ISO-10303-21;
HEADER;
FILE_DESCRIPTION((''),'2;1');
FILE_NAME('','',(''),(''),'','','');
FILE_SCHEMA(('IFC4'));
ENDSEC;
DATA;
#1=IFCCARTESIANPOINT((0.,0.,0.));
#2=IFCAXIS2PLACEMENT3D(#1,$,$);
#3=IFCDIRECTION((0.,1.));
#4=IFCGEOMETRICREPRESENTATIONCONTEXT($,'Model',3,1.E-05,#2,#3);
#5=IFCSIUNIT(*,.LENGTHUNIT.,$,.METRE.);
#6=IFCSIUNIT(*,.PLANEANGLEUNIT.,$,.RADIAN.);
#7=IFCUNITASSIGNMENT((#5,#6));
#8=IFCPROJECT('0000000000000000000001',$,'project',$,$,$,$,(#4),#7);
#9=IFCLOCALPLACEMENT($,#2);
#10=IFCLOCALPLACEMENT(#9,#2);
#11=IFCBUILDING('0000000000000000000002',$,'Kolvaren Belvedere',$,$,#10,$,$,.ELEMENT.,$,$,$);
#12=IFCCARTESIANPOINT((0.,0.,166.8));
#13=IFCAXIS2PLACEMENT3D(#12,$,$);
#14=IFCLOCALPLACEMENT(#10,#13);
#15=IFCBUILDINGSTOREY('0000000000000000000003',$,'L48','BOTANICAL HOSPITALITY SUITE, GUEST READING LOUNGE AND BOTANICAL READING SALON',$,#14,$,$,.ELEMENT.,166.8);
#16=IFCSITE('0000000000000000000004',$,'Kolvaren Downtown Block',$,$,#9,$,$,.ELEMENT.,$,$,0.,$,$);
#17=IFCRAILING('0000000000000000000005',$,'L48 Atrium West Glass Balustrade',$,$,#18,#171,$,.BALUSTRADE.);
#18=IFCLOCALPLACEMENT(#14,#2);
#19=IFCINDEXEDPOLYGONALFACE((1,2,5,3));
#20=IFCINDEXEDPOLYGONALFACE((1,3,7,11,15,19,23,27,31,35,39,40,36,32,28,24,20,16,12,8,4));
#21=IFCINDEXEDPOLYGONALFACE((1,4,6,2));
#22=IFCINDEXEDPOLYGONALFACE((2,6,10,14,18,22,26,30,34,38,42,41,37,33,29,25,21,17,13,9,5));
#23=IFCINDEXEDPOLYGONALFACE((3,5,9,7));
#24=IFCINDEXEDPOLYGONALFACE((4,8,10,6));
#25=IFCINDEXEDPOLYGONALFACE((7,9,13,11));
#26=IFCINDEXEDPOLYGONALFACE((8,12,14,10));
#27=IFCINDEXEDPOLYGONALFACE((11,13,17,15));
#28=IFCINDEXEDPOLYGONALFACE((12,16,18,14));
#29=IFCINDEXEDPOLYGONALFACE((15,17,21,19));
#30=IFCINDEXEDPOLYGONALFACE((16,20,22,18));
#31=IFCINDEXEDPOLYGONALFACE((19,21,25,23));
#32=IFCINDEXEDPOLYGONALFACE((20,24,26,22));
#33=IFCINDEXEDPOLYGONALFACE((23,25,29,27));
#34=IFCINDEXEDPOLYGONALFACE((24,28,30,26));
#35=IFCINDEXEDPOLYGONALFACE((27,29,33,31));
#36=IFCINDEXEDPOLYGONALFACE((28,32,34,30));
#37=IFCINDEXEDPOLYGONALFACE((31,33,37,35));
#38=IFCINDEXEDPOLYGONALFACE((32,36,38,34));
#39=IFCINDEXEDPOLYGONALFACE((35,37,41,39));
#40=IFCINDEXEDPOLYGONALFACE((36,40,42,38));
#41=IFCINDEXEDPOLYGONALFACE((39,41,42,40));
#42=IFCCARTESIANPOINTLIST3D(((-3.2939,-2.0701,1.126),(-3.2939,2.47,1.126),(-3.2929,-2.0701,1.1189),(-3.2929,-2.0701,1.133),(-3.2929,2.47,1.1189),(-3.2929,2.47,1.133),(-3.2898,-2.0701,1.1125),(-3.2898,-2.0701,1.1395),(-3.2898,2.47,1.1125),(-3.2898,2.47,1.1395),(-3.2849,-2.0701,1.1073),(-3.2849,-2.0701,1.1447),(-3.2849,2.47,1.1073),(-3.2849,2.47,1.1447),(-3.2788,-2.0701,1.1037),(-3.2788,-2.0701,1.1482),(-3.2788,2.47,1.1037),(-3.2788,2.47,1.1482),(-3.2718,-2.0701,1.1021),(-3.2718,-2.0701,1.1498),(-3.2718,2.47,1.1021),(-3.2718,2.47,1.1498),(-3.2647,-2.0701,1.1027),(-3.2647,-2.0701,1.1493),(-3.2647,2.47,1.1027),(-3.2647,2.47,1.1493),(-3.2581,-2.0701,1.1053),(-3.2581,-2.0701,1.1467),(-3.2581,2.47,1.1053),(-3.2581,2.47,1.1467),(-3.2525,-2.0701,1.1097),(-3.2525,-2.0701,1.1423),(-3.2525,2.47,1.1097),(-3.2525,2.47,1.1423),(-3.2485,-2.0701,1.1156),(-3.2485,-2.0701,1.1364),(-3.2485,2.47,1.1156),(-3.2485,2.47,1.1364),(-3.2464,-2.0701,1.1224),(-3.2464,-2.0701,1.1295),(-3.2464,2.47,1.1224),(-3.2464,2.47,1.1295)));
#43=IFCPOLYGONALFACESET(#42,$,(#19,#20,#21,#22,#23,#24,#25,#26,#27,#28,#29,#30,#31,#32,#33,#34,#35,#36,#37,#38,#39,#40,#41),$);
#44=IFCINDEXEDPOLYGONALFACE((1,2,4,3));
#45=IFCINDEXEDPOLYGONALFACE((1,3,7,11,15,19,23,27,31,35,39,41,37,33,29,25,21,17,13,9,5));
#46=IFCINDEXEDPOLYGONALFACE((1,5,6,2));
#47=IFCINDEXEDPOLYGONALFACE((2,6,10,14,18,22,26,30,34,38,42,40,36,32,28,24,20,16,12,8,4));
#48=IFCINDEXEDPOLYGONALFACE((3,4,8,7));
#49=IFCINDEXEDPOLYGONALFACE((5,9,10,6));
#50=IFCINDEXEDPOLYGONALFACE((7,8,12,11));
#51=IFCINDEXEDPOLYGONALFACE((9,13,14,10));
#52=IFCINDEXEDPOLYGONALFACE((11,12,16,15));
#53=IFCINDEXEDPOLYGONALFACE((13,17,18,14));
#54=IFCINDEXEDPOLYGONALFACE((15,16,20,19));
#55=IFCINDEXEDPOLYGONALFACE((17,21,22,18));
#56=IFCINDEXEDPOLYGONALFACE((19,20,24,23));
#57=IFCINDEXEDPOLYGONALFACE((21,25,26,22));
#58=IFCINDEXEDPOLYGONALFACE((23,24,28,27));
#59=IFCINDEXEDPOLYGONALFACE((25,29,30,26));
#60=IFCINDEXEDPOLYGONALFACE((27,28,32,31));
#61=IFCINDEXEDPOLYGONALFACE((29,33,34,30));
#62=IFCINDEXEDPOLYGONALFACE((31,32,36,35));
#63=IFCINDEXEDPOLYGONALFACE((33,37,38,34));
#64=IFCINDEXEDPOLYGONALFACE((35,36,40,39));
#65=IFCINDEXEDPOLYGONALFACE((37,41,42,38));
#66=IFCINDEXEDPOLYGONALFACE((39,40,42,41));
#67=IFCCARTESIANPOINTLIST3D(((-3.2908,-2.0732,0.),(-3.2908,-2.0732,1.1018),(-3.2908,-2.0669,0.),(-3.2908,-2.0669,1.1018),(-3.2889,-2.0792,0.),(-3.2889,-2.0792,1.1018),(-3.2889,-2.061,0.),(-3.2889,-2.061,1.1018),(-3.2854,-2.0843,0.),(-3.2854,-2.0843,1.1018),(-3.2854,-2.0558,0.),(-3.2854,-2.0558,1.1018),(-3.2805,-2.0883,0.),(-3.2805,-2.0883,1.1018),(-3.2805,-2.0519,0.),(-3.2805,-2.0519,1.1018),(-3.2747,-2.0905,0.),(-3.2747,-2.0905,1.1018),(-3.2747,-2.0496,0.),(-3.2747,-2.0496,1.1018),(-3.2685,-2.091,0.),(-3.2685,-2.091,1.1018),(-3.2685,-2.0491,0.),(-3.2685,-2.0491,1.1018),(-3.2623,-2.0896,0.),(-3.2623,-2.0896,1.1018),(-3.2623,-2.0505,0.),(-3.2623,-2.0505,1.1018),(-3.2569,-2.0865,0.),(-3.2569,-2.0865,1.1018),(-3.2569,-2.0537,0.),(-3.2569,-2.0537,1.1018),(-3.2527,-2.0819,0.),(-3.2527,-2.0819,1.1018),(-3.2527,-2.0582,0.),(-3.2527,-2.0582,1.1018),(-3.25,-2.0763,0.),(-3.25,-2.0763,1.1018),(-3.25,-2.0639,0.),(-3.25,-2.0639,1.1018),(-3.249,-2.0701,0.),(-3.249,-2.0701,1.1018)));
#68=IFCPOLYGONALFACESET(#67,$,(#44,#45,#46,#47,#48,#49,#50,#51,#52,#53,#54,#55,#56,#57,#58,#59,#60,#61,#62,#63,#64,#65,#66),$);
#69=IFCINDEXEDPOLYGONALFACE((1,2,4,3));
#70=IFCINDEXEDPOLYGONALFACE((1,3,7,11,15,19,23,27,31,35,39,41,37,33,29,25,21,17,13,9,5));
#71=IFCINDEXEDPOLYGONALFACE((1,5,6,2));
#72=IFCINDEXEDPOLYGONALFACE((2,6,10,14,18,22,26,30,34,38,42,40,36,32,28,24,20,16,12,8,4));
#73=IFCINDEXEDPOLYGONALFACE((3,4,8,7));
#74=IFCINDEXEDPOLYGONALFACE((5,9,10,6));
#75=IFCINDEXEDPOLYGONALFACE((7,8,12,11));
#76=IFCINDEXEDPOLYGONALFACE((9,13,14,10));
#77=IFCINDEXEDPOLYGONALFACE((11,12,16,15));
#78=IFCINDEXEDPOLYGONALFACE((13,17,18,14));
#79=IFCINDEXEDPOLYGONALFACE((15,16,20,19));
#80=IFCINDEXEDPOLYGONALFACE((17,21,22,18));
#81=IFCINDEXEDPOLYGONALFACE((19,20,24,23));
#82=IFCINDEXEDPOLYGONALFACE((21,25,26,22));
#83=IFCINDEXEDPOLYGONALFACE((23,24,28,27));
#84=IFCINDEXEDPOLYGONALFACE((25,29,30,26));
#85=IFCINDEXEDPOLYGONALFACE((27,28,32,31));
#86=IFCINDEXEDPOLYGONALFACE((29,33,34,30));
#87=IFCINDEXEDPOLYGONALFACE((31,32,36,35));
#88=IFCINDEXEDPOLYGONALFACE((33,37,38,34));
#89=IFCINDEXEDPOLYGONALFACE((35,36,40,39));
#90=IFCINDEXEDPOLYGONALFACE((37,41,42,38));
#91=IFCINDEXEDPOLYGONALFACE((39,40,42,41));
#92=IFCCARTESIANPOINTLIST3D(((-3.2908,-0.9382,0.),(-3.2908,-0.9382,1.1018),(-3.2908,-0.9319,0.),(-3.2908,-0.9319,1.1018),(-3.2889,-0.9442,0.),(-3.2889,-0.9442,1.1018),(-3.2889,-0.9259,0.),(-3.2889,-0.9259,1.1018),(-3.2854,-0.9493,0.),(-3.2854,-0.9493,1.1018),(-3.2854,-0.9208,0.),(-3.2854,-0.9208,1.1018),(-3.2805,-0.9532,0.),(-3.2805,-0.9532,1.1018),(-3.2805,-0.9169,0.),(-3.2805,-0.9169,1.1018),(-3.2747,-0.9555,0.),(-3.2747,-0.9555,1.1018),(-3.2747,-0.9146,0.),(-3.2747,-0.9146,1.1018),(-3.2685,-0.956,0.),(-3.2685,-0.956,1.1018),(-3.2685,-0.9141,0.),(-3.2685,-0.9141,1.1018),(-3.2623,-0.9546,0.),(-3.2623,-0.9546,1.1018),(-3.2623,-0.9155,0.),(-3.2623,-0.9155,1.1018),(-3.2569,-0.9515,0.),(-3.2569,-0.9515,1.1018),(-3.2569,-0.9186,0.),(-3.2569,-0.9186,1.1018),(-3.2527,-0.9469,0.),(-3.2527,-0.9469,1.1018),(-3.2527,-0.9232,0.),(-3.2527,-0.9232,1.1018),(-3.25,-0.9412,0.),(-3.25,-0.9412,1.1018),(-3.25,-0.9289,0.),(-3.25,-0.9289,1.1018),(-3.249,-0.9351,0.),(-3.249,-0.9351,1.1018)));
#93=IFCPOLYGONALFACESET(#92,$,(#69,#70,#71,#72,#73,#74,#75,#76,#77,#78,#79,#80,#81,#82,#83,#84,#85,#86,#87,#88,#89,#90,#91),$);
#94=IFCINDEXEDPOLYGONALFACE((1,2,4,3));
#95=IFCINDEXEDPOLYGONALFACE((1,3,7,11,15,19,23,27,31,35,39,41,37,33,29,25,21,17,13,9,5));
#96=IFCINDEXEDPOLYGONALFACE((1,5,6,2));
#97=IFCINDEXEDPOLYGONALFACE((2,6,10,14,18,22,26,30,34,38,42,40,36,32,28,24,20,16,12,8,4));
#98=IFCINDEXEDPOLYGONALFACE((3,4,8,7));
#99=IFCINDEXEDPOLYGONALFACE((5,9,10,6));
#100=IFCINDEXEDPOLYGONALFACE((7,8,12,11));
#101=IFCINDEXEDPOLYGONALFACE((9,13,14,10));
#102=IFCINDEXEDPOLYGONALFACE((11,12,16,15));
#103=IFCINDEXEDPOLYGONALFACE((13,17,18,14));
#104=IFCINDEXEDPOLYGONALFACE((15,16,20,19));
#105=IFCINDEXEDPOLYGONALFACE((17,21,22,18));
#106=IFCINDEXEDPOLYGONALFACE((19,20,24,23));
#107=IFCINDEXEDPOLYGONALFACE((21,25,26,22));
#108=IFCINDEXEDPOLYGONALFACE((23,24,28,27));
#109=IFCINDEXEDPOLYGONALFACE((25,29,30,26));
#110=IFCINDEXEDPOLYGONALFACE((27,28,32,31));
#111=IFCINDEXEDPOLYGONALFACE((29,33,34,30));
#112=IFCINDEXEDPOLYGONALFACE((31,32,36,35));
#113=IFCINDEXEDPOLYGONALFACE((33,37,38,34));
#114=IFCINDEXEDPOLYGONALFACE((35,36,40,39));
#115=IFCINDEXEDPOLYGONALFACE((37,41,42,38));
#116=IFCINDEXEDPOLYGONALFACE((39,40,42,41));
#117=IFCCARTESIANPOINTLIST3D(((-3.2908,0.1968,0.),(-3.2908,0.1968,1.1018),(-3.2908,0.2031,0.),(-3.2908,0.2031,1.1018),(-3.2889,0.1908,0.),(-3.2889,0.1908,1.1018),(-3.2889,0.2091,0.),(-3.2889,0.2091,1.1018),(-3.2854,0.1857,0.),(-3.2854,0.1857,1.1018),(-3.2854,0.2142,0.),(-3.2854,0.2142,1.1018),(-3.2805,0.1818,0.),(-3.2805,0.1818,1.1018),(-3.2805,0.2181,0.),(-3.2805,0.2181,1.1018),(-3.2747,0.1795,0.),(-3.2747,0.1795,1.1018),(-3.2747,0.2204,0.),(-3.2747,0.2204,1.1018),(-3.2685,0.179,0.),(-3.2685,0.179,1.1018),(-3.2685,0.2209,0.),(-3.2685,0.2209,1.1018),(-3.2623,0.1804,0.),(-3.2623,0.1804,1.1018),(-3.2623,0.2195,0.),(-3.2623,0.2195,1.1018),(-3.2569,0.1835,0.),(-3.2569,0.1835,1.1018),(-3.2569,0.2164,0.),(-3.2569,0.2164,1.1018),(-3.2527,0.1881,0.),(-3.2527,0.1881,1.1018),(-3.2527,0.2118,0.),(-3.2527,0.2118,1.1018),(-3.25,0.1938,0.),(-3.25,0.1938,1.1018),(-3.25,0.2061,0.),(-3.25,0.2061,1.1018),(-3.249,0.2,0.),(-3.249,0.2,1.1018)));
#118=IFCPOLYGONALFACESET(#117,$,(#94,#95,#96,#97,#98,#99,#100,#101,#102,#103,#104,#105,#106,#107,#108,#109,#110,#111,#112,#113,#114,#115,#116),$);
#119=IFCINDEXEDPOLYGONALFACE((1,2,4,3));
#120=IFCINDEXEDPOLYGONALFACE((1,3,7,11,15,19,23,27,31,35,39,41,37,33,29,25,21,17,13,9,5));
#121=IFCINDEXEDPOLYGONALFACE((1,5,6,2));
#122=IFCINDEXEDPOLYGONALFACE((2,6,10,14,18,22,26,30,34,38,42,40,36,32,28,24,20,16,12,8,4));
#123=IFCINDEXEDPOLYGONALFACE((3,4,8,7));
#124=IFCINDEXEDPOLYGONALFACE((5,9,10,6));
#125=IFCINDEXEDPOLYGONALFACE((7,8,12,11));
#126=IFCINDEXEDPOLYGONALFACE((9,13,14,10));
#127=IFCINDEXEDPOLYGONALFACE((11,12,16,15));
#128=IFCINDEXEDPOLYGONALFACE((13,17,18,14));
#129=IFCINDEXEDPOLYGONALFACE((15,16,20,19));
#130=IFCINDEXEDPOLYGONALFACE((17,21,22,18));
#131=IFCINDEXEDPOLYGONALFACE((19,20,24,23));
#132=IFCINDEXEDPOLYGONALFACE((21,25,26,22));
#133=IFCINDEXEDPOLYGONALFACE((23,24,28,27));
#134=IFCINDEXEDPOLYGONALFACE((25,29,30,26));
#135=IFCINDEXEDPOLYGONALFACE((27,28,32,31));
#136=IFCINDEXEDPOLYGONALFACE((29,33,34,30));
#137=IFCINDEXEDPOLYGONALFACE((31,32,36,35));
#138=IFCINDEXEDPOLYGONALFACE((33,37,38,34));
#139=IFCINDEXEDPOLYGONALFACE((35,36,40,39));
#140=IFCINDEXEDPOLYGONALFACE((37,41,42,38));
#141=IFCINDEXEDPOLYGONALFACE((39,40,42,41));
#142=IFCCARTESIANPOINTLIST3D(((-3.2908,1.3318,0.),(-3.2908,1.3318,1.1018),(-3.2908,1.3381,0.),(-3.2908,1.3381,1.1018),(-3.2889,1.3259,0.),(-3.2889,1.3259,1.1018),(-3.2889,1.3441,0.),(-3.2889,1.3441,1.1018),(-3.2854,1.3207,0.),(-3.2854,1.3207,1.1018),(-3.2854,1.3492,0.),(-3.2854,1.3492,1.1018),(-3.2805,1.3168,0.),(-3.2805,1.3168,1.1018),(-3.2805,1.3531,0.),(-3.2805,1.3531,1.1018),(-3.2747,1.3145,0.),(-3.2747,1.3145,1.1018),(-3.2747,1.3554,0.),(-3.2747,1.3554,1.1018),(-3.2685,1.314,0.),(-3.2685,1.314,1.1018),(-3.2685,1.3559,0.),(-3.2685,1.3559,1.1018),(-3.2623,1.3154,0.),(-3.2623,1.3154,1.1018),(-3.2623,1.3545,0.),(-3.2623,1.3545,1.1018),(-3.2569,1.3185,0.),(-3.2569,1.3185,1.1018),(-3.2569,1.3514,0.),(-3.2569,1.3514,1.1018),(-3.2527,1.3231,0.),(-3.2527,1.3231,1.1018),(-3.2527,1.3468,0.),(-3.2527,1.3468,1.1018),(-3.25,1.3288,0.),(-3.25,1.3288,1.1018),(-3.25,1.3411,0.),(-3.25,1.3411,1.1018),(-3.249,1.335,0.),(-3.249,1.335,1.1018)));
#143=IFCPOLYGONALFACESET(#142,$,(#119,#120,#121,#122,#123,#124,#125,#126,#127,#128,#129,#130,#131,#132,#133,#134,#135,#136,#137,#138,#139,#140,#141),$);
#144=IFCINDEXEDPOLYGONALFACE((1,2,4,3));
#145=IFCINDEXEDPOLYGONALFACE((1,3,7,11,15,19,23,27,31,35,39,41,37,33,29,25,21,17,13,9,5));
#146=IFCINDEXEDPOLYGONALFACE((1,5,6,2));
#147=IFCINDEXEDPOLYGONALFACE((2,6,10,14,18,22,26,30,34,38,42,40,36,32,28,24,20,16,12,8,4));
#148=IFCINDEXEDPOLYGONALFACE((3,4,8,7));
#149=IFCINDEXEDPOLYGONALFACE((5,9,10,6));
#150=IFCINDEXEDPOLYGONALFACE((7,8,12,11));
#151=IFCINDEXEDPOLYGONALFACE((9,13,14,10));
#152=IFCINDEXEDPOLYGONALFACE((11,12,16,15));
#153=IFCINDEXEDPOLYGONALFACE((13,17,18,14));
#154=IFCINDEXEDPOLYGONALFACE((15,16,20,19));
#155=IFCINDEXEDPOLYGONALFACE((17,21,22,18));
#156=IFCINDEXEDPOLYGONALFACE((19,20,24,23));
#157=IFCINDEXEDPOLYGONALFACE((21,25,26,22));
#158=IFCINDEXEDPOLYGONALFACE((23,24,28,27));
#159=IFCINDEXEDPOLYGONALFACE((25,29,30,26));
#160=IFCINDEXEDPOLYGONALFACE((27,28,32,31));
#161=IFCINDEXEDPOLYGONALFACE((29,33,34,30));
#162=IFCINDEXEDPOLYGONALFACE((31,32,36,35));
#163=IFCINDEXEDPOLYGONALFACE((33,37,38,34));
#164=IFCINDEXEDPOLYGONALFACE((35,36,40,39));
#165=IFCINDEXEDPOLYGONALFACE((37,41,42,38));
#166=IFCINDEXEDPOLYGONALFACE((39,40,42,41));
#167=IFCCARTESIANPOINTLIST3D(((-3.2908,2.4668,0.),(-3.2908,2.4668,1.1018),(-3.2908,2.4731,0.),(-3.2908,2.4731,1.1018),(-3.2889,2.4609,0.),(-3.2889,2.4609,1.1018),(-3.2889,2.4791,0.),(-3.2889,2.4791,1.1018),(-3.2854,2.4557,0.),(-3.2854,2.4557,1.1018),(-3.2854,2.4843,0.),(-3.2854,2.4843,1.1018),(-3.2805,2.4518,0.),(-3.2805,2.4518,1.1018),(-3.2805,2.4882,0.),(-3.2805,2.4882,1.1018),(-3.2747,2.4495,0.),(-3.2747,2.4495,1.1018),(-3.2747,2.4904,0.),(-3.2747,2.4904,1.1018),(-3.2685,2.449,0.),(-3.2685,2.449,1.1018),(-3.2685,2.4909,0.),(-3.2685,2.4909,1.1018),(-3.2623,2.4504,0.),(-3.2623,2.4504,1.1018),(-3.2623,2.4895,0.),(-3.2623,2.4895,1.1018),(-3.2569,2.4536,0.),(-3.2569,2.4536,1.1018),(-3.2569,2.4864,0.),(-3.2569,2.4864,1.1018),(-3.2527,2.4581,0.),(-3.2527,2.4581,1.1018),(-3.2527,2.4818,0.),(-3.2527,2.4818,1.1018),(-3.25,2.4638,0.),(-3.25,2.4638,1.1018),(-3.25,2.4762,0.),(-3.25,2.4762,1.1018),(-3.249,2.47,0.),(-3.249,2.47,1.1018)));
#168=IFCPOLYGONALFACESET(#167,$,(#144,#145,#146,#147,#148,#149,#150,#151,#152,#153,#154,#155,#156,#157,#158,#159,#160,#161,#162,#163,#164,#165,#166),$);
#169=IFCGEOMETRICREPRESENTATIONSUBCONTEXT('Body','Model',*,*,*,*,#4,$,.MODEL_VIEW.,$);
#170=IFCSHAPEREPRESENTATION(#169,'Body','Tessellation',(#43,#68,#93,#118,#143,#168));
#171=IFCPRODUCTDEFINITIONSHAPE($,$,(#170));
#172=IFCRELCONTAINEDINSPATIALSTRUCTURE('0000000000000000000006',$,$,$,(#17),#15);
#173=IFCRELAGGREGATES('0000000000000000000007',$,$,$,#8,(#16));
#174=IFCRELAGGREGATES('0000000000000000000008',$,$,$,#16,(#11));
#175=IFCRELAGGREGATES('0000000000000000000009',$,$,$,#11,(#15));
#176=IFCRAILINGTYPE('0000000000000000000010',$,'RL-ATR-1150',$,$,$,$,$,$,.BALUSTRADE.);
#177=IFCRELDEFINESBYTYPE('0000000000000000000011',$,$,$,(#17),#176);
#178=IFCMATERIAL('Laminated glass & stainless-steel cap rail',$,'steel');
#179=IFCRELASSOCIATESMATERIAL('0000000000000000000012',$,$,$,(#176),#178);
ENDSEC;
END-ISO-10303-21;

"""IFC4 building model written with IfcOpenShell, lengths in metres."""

from ifc_helpers import new_model, si_unit, direction, frame, origin, origin_2d, place, context, subcontext, project, spatial, circle, extrude, material, type_object, element, save


model = new_model("IFC4")

# Units and contexts
model_context = context("Model", 3, precision=1e-05, world=origin(), true_north=direction((0.0, 1.0)))
body_context = subcontext(model_context, "Body", "Model", "MODEL_VIEW")
ifc_project = project(units=[si_unit("LENGTHUNIT", "METRE"), si_unit("PLANEANGLEUNIT", "RADIAN")], contexts=[model_context])

# Site, building, storey
site_placement = place(None, origin())
site = spatial("IfcSite", under=ifc_project, at=site_placement, Name="Kolvaren Downtown Block", CompositionType="ELEMENT", RefElevation=0.0)
building_placement = place(site_placement, origin())
building = spatial("IfcBuilding", under=site, at=building_placement, Name="Kolvaren Belvedere", CompositionType="ELEMENT")
storey_placement = place(building_placement, frame((0.0, 0.0, 166.8)))
storey = spatial("IfcBuildingStorey", under=building, at=storey_placement, Name="L48", Description="BOTANICAL HOSPITALITY SUITE, GUEST READING LOUNGE AND BOTANICAL READING SALON", CompositionType="ELEMENT", Elevation=166.8)

# Railing
ifc_material_1 = material(Name="Laminated glass & stainless-steel cap rail", Category="steel")
railing_type_1 = type_object("IfcRailingType", Name="RL-ATR-1150", PredefinedType="BALUSTRADE", material=ifc_material_1)
railing_1_placement = place(storey_placement, frame((-3.27, -2.0701, 0.0)))
element("IfcRailing", 1, at=railing_1_placement, inside=storey, type_object=railing_type_1, Name="L48 Atrium West Glass Balustrade", PredefinedType="BALUSTRADE", context=body_context, shape_type="SweptSolid", body=[
    extrude(circle(Radius=0.0239, at=origin_2d()), frame((0.0, 0.0, 1.126), z_axis=(0.0, 1.0, 0.0), x_axis=(-1.0, 0.0, 0.0)), (0.0, 0.0, 1.0), 4.54),
    extrude(circle(Radius=0.021, at=origin_2d()), origin(), (0.0, 0.0, 1.0), 1.1018),
    extrude(circle(Radius=0.021, at=origin_2d()), frame((0.0, 1.135, 0.0)), (0.0, 0.0, 1.0), 1.1018),
    extrude(circle(Radius=0.021, at=origin_2d()), frame((0.0, 2.27, 0.0)), (0.0, 0.0, 1.0), 1.1018),
    extrude(circle(Radius=0.021, at=origin_2d()), frame((0.0, 3.405, 0.0)), (0.0, 0.0, 1.0), 1.1018),
    extrude(circle(Radius=0.021, at=origin_2d()), frame((0.0, 4.54, 0.0)), (0.0, 0.0, 1.0), 1.1018),
])

save(model, "model.ifc")
